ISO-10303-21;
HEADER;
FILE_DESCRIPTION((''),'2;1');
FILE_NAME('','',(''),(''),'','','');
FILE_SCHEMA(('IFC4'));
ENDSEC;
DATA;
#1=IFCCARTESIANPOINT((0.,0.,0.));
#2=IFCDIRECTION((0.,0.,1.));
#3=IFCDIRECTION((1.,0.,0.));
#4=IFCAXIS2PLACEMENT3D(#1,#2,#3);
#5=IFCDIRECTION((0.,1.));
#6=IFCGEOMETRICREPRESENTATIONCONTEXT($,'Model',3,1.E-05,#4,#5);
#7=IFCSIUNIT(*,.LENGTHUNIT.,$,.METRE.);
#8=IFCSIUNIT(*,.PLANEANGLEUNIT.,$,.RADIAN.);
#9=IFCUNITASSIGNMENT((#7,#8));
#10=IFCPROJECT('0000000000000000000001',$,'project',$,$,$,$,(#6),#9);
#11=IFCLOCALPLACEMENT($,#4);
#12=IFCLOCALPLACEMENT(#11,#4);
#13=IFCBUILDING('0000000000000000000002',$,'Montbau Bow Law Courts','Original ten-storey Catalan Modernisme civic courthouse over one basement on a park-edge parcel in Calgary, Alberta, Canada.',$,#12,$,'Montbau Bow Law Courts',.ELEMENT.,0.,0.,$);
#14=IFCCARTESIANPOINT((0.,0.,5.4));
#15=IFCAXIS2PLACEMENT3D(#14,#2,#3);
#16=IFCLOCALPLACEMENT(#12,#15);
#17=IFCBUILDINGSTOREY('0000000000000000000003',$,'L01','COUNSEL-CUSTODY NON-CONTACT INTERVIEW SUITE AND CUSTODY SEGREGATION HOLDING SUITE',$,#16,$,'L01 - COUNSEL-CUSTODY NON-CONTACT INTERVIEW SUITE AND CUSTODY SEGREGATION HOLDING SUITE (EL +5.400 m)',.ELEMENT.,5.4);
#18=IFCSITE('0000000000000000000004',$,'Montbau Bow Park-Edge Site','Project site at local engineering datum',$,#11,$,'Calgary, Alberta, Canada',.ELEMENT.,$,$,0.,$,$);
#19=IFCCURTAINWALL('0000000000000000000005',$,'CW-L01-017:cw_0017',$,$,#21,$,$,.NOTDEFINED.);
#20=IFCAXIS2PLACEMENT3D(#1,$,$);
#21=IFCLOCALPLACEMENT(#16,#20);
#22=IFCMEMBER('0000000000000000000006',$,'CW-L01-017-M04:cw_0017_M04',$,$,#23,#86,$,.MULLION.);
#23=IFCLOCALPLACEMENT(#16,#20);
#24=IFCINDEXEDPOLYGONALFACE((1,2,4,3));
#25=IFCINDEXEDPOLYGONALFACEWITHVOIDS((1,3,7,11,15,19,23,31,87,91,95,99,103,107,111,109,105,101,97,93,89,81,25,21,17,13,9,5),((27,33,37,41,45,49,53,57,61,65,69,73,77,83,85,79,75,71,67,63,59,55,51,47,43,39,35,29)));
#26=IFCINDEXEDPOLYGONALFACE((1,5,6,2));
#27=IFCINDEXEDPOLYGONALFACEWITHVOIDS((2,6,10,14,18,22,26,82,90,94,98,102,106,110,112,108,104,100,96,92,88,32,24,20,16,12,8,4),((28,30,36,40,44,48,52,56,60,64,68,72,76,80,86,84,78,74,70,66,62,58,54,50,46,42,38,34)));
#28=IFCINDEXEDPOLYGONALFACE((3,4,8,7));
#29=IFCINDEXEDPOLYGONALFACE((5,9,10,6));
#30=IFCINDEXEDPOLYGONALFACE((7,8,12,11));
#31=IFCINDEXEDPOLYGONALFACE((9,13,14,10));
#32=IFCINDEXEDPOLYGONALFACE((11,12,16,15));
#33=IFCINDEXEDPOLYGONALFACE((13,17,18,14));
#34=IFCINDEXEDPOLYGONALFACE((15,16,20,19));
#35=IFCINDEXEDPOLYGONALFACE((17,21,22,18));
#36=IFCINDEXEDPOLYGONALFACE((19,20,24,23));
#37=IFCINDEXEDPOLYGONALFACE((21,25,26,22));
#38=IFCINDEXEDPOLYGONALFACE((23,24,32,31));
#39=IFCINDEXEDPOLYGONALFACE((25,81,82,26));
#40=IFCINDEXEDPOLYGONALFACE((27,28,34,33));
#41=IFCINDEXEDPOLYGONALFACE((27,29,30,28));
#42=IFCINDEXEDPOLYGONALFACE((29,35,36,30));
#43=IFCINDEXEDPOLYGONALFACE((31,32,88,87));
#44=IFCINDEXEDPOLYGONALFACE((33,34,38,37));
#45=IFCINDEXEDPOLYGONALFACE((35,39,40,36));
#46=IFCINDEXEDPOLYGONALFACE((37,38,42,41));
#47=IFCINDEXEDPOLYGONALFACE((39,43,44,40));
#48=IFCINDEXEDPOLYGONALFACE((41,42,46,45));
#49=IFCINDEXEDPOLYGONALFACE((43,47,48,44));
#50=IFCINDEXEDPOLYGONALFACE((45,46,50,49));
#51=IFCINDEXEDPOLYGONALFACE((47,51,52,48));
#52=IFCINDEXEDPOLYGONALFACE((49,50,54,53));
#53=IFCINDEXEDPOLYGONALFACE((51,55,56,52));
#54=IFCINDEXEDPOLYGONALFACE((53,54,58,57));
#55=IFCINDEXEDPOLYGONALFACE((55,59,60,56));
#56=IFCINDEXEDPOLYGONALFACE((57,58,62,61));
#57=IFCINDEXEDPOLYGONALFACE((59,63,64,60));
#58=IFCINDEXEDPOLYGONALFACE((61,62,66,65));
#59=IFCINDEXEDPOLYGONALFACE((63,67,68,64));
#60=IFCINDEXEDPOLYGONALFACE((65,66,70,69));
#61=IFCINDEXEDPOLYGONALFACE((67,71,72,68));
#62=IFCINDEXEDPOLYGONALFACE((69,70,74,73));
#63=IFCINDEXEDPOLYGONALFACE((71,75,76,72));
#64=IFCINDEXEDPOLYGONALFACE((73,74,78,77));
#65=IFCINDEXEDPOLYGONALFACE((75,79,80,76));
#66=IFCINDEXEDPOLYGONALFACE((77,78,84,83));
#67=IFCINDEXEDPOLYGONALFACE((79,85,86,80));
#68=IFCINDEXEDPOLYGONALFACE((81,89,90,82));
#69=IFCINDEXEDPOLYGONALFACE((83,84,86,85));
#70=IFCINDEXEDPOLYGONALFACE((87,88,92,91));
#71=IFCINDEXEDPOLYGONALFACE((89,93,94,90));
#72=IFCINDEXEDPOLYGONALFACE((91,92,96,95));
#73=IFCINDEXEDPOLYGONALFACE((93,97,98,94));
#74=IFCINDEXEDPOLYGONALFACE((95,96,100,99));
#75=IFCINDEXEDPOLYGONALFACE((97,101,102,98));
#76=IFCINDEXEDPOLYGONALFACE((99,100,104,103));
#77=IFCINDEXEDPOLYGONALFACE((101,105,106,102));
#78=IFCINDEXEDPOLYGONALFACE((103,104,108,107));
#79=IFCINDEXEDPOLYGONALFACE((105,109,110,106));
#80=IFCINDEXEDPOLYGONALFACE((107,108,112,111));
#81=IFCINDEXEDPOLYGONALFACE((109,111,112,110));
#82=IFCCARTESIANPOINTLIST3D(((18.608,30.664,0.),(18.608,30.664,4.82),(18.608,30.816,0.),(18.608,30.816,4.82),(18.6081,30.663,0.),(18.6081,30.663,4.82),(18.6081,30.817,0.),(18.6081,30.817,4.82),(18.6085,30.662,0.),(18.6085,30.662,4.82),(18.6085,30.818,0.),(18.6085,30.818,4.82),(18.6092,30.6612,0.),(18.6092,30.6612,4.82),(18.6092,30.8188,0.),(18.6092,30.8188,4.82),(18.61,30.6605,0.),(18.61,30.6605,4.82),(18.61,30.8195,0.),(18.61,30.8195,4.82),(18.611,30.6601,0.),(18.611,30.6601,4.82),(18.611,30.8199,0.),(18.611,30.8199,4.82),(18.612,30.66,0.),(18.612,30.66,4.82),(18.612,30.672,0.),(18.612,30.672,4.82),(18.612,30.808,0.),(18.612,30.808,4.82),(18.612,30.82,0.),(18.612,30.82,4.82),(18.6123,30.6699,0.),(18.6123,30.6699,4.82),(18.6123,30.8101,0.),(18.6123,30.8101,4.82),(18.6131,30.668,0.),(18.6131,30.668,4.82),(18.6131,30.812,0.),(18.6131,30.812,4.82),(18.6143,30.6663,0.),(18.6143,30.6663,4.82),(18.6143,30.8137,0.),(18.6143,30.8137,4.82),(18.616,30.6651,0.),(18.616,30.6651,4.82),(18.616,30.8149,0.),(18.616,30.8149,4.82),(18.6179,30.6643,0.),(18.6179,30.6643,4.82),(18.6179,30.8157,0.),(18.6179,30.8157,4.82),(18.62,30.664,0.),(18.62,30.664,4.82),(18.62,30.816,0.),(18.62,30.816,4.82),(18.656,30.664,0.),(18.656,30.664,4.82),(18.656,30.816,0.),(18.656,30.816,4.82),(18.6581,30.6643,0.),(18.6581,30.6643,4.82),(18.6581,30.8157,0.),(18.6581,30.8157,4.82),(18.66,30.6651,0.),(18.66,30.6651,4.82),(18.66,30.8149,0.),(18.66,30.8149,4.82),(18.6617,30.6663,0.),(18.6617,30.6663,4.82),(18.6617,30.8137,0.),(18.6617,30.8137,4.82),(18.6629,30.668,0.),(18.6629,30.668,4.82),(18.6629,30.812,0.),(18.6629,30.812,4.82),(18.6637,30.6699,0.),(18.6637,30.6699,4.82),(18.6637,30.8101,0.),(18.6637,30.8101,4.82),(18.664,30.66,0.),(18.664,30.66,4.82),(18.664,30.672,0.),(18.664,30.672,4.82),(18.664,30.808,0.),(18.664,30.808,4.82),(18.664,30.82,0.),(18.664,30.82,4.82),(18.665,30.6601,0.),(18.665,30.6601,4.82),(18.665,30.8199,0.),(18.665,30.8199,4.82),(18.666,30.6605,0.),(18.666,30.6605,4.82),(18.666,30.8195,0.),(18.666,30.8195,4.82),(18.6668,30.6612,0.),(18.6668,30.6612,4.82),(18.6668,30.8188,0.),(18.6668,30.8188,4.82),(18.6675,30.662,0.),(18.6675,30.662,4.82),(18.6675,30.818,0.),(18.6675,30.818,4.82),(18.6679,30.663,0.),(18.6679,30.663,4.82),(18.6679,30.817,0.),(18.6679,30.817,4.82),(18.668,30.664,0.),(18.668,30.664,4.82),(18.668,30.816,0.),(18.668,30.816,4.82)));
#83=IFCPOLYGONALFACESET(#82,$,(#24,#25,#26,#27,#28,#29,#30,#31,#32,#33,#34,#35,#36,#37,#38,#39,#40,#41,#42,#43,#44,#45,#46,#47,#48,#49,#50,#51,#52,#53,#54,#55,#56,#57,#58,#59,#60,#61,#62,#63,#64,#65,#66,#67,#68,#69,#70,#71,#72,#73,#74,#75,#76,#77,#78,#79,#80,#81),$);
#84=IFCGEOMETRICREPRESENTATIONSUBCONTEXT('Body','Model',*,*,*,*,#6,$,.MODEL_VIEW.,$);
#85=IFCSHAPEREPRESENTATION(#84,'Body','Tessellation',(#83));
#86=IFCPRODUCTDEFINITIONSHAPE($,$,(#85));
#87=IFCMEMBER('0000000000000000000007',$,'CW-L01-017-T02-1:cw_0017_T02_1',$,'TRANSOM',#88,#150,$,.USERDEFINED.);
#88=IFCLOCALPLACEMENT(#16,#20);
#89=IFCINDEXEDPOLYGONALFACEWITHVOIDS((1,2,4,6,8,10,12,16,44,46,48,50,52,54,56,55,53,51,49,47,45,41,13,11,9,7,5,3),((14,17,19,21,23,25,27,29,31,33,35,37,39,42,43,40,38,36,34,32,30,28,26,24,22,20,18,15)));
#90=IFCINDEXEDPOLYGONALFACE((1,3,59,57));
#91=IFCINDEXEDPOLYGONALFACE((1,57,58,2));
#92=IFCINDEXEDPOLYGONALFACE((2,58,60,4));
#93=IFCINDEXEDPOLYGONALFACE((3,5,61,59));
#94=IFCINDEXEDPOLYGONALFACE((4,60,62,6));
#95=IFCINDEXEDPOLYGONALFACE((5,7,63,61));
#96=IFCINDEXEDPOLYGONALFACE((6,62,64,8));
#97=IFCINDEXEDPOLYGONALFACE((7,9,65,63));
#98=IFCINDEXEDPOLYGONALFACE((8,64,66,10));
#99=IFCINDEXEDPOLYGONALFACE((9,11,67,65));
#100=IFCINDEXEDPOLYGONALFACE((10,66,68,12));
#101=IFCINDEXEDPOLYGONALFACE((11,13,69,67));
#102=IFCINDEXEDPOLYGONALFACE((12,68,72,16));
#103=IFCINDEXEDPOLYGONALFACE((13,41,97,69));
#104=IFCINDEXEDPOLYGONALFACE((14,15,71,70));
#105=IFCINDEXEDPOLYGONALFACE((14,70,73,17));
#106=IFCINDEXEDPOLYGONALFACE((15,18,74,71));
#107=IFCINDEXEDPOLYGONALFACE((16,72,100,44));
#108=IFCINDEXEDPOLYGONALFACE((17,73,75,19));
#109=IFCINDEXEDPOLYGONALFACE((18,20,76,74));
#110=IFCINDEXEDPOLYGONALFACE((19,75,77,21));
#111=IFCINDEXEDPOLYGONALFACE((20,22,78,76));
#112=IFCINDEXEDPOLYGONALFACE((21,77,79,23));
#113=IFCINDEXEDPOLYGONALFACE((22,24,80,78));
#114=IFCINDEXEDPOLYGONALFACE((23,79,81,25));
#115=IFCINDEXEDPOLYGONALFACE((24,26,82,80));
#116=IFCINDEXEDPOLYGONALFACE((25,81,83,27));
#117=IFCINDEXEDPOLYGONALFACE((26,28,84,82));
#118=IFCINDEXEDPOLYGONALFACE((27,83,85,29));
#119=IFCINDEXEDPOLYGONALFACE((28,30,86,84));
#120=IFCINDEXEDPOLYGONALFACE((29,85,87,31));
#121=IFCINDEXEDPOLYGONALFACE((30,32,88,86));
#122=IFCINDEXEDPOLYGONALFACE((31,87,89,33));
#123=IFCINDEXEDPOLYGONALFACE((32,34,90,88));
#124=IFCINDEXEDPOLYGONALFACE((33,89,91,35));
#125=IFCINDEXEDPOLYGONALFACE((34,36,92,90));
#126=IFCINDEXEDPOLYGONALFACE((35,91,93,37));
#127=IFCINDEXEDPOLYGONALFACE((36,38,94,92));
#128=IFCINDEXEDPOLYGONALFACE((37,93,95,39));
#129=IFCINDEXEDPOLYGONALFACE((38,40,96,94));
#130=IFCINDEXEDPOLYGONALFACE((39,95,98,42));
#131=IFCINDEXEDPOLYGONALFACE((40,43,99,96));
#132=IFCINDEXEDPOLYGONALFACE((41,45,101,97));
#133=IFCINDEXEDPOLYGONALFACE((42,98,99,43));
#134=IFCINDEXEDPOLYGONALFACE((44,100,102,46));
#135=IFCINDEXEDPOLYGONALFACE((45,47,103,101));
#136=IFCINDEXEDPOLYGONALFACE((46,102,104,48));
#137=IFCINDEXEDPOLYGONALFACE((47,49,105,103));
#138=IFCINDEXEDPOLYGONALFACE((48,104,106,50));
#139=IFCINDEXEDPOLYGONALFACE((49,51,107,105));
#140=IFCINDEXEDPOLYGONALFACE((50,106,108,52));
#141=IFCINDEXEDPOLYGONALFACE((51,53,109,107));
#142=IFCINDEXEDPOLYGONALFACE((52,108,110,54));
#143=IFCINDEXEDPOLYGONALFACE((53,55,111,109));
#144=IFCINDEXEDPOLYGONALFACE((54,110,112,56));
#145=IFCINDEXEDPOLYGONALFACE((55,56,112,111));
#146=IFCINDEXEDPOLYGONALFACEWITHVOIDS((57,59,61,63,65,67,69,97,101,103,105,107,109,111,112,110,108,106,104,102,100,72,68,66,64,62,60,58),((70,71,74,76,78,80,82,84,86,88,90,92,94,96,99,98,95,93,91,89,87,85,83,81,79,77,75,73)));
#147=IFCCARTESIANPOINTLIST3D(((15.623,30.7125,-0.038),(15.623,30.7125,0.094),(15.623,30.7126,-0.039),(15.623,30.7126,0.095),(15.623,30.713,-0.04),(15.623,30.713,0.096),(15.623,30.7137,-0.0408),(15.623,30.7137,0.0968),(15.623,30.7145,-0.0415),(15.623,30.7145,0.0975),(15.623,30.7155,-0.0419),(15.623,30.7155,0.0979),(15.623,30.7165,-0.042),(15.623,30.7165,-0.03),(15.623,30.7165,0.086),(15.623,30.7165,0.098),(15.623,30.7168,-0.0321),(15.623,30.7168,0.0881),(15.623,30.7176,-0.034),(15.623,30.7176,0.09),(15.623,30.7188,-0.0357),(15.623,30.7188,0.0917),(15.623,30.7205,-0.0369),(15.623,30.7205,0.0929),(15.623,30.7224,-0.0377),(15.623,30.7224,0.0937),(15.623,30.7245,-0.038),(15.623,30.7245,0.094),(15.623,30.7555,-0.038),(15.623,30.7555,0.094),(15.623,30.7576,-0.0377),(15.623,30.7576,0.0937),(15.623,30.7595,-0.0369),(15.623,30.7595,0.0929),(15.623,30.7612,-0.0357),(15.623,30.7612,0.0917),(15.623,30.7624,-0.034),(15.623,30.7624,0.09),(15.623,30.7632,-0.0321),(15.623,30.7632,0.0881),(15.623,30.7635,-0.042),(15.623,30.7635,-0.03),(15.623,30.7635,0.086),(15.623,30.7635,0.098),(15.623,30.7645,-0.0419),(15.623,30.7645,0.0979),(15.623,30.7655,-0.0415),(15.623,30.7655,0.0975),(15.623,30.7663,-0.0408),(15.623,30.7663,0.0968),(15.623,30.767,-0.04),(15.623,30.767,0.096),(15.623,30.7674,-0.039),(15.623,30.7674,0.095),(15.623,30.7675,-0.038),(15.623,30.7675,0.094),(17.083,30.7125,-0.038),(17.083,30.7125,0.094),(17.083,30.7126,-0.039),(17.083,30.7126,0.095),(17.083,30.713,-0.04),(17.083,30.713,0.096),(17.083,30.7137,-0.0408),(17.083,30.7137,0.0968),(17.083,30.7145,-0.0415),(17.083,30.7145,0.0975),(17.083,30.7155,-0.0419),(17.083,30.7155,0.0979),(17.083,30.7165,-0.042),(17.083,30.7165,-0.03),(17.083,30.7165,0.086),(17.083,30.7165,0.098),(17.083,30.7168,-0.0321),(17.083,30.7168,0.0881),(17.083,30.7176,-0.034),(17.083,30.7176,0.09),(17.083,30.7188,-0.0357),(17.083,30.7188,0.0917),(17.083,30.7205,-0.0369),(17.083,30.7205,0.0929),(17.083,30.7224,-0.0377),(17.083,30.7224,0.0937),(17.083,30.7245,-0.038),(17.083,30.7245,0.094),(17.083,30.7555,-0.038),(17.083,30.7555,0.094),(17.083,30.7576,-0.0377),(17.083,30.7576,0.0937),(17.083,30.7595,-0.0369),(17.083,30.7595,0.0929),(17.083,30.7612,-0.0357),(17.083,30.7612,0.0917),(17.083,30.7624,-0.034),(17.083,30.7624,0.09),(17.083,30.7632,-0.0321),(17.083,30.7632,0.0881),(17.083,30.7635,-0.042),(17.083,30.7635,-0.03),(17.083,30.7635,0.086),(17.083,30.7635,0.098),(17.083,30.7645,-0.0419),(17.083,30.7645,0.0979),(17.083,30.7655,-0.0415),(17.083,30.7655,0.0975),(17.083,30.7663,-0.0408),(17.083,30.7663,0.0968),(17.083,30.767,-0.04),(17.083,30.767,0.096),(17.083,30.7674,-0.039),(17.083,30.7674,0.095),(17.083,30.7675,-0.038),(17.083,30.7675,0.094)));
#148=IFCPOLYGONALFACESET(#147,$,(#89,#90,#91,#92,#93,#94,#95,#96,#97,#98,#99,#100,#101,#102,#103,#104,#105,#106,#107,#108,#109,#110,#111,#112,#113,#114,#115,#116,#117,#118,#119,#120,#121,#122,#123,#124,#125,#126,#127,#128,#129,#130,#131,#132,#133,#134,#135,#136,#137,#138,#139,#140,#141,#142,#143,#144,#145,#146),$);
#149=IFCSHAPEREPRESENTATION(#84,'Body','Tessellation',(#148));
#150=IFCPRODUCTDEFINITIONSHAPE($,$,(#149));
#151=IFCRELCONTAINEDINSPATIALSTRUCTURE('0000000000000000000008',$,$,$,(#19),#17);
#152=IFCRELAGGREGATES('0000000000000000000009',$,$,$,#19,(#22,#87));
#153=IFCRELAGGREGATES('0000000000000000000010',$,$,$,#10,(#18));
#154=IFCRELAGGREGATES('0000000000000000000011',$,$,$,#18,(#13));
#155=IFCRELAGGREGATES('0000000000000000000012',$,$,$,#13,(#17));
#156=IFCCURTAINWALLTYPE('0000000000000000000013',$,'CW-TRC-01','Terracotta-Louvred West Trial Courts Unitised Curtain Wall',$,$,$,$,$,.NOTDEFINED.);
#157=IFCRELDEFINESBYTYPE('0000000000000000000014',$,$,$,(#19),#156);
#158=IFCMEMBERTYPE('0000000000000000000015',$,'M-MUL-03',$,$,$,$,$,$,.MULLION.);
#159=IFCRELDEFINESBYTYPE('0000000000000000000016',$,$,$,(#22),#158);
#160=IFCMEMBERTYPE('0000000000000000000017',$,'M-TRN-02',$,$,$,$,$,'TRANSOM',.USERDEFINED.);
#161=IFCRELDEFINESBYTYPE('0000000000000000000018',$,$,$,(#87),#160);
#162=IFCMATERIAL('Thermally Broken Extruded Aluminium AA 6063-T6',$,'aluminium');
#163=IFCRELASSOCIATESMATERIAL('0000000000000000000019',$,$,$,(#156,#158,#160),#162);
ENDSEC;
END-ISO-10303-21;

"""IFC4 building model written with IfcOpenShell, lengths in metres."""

from ifc_helpers import new_model, si_unit, direction, frame, origin_with_axes, origin_2d_with_axis, place, context, subcontext, project, spatial, hollow_rectangle, extrude, material, material_profile, profile_set, type_object, element, aggregate, save


model = new_model("IFC4")

# Units and contexts
model_context = context("Model", 3, precision=1e-05, world=origin_with_axes(), true_north=direction((0.0, 1.0)))
body_context = subcontext(model_context, "Body", "Model", "MODEL_VIEW")
ifc_project = project(units=[si_unit("LENGTHUNIT", "METRE"), si_unit("PLANEANGLEUNIT", "RADIAN")], contexts=[model_context])

# Site, building, storey
site_placement = place(None, origin_with_axes())
site = spatial("IfcSite", under=ifc_project, at=site_placement, Name="Montbau Bow Park-Edge Site", Description="Project site at local engineering datum", LongName="Calgary, Alberta, Canada", CompositionType="ELEMENT", RefElevation=0.0)
building_placement = place(site_placement, origin_with_axes())
building = spatial("IfcBuilding", under=site, at=building_placement, Name="Montbau Bow Law Courts", Description="Original ten-storey Catalan Modernisme civic courthouse over one basement on a park-edge parcel in Calgary, Alberta, Canada.", LongName="Montbau Bow Law Courts", CompositionType="ELEMENT", ElevationOfRefHeight=0.0, ElevationOfTerrain=0.0)
storey_placement = place(building_placement, frame((0.0, 0.0, 5.4), z_axis=(0.0, 0.0, 1.0), x_axis=(1.0, 0.0, 0.0)))
storey = spatial("IfcBuildingStorey", under=building, at=storey_placement, Name="L01", Description="COUNSEL-CUSTODY NON-CONTACT INTERVIEW SUITE AND CUSTODY SEGREGATION HOLDING SUITE", LongName="L01 - COUNSEL-CUSTODY NON-CONTACT INTERVIEW SUITE AND CUSTODY SEGREGATION HOLDING SUITE (EL +5.400 m)", CompositionType="ELEMENT", Elevation=5.4)

# Curtain wall, members
ifc_material_1 = material(Name="Thermally Broken Extruded Aluminium AA 6063-T6", Category="aluminium")
curtain_wall_type = type_object("IfcCurtainWallType", Name="CW-TRC-01", Description="Terracotta-Louvred West Trial Courts Unitised Curtain Wall", PredefinedType="NOTDEFINED", material=ifc_material_1)
curtain_wall_placement = place(None, frame((14.068, 30.74, 5.4), z_axis=(0.0, 0.0, 1.0), x_axis=(1.0, 0.0, 0.0)))
curtain_wall = element("IfcCurtainWall", 1, at=curtain_wall_placement, inside=storey, type_object=curtain_wall_type, Name="CW-L01-017:cw_0017", PredefinedType="NOTDEFINED")
ifc_material_profile_1 = material_profile(ifc_material_1, hollow_rectangle(XDim=0.06, YDim=0.16, WallThickness=0.004, InnerFilletRadius=0.008, OuterFilletRadius=0.004, at=origin_2d_with_axis()), Name="CWM-160X60", Category="Main", Priority=0)
ifc_profile_set_1 = profile_set([ifc_material_profile_1], Name="Thermally Broken Extruded Aluminium AA 6063-T6")
member_type_1 = type_object("IfcMemberType", Name="M-MUL-03", PredefinedType="MULLION", material=ifc_profile_set_1)
member_1_placement = place(None, frame((18.638, 30.74, 5.4), z_axis=(0.0, 0.0, 1.0), x_axis=(1.0, 0.0, 0.0)))
member_1 = element("IfcMember", 2, at=member_1_placement, type_object=member_type_1, Name="CW-L01-017-M04:cw_0017_M04", PredefinedType="MULLION", context=body_context, shape_type="SweptSolid", body=[
    extrude(hollow_rectangle(XDim=0.06, YDim=0.16, WallThickness=0.004, InnerFilletRadius=0.008, OuterFilletRadius=0.004, at=origin_2d_with_axis()), origin_with_axes(), (0.0, 0.0, 1.0), 4.82),
])
ifc_material_profile_2 = material_profile(ifc_material_1, hollow_rectangle(XDim=0.055, YDim=0.14, WallThickness=0.004, InnerFilletRadius=0.008, OuterFilletRadius=0.004, at=origin_2d_with_axis()), Name="CWT-140X55", Category="Main", Priority=0)
ifc_profile_set_2 = profile_set([ifc_material_profile_2], Name="Thermally Broken Extruded Aluminium AA 6063-T6")
member_type_2 = type_object("IfcMemberType", Name="M-TRN-02", ElementType="TRANSOM", PredefinedType="USERDEFINED", material=ifc_profile_set_2)
member_2_placement = place(None, frame((15.623, 30.74, 5.428), z_axis=(1.0, 0.0, 0.0), x_axis=(0.0, 1.0, 0.0)))
member_2 = element("IfcMember", 3, at=member_2_placement, type_object=member_type_2, Name="CW-L01-017-T02-1:cw_0017_T02_1", ObjectType="TRANSOM", PredefinedType="USERDEFINED", context=body_context, shape_type="SweptSolid", body=[
    extrude(hollow_rectangle(XDim=0.055, YDim=0.14, WallThickness=0.004, InnerFilletRadius=0.008, OuterFilletRadius=0.004, at=origin_2d_with_axis()), origin_with_axes(), (0.0, 0.0, 1.0), 1.46),
])
aggregate(curtain_wall, [member_1, member_2])

save(model, "model.ifc")
